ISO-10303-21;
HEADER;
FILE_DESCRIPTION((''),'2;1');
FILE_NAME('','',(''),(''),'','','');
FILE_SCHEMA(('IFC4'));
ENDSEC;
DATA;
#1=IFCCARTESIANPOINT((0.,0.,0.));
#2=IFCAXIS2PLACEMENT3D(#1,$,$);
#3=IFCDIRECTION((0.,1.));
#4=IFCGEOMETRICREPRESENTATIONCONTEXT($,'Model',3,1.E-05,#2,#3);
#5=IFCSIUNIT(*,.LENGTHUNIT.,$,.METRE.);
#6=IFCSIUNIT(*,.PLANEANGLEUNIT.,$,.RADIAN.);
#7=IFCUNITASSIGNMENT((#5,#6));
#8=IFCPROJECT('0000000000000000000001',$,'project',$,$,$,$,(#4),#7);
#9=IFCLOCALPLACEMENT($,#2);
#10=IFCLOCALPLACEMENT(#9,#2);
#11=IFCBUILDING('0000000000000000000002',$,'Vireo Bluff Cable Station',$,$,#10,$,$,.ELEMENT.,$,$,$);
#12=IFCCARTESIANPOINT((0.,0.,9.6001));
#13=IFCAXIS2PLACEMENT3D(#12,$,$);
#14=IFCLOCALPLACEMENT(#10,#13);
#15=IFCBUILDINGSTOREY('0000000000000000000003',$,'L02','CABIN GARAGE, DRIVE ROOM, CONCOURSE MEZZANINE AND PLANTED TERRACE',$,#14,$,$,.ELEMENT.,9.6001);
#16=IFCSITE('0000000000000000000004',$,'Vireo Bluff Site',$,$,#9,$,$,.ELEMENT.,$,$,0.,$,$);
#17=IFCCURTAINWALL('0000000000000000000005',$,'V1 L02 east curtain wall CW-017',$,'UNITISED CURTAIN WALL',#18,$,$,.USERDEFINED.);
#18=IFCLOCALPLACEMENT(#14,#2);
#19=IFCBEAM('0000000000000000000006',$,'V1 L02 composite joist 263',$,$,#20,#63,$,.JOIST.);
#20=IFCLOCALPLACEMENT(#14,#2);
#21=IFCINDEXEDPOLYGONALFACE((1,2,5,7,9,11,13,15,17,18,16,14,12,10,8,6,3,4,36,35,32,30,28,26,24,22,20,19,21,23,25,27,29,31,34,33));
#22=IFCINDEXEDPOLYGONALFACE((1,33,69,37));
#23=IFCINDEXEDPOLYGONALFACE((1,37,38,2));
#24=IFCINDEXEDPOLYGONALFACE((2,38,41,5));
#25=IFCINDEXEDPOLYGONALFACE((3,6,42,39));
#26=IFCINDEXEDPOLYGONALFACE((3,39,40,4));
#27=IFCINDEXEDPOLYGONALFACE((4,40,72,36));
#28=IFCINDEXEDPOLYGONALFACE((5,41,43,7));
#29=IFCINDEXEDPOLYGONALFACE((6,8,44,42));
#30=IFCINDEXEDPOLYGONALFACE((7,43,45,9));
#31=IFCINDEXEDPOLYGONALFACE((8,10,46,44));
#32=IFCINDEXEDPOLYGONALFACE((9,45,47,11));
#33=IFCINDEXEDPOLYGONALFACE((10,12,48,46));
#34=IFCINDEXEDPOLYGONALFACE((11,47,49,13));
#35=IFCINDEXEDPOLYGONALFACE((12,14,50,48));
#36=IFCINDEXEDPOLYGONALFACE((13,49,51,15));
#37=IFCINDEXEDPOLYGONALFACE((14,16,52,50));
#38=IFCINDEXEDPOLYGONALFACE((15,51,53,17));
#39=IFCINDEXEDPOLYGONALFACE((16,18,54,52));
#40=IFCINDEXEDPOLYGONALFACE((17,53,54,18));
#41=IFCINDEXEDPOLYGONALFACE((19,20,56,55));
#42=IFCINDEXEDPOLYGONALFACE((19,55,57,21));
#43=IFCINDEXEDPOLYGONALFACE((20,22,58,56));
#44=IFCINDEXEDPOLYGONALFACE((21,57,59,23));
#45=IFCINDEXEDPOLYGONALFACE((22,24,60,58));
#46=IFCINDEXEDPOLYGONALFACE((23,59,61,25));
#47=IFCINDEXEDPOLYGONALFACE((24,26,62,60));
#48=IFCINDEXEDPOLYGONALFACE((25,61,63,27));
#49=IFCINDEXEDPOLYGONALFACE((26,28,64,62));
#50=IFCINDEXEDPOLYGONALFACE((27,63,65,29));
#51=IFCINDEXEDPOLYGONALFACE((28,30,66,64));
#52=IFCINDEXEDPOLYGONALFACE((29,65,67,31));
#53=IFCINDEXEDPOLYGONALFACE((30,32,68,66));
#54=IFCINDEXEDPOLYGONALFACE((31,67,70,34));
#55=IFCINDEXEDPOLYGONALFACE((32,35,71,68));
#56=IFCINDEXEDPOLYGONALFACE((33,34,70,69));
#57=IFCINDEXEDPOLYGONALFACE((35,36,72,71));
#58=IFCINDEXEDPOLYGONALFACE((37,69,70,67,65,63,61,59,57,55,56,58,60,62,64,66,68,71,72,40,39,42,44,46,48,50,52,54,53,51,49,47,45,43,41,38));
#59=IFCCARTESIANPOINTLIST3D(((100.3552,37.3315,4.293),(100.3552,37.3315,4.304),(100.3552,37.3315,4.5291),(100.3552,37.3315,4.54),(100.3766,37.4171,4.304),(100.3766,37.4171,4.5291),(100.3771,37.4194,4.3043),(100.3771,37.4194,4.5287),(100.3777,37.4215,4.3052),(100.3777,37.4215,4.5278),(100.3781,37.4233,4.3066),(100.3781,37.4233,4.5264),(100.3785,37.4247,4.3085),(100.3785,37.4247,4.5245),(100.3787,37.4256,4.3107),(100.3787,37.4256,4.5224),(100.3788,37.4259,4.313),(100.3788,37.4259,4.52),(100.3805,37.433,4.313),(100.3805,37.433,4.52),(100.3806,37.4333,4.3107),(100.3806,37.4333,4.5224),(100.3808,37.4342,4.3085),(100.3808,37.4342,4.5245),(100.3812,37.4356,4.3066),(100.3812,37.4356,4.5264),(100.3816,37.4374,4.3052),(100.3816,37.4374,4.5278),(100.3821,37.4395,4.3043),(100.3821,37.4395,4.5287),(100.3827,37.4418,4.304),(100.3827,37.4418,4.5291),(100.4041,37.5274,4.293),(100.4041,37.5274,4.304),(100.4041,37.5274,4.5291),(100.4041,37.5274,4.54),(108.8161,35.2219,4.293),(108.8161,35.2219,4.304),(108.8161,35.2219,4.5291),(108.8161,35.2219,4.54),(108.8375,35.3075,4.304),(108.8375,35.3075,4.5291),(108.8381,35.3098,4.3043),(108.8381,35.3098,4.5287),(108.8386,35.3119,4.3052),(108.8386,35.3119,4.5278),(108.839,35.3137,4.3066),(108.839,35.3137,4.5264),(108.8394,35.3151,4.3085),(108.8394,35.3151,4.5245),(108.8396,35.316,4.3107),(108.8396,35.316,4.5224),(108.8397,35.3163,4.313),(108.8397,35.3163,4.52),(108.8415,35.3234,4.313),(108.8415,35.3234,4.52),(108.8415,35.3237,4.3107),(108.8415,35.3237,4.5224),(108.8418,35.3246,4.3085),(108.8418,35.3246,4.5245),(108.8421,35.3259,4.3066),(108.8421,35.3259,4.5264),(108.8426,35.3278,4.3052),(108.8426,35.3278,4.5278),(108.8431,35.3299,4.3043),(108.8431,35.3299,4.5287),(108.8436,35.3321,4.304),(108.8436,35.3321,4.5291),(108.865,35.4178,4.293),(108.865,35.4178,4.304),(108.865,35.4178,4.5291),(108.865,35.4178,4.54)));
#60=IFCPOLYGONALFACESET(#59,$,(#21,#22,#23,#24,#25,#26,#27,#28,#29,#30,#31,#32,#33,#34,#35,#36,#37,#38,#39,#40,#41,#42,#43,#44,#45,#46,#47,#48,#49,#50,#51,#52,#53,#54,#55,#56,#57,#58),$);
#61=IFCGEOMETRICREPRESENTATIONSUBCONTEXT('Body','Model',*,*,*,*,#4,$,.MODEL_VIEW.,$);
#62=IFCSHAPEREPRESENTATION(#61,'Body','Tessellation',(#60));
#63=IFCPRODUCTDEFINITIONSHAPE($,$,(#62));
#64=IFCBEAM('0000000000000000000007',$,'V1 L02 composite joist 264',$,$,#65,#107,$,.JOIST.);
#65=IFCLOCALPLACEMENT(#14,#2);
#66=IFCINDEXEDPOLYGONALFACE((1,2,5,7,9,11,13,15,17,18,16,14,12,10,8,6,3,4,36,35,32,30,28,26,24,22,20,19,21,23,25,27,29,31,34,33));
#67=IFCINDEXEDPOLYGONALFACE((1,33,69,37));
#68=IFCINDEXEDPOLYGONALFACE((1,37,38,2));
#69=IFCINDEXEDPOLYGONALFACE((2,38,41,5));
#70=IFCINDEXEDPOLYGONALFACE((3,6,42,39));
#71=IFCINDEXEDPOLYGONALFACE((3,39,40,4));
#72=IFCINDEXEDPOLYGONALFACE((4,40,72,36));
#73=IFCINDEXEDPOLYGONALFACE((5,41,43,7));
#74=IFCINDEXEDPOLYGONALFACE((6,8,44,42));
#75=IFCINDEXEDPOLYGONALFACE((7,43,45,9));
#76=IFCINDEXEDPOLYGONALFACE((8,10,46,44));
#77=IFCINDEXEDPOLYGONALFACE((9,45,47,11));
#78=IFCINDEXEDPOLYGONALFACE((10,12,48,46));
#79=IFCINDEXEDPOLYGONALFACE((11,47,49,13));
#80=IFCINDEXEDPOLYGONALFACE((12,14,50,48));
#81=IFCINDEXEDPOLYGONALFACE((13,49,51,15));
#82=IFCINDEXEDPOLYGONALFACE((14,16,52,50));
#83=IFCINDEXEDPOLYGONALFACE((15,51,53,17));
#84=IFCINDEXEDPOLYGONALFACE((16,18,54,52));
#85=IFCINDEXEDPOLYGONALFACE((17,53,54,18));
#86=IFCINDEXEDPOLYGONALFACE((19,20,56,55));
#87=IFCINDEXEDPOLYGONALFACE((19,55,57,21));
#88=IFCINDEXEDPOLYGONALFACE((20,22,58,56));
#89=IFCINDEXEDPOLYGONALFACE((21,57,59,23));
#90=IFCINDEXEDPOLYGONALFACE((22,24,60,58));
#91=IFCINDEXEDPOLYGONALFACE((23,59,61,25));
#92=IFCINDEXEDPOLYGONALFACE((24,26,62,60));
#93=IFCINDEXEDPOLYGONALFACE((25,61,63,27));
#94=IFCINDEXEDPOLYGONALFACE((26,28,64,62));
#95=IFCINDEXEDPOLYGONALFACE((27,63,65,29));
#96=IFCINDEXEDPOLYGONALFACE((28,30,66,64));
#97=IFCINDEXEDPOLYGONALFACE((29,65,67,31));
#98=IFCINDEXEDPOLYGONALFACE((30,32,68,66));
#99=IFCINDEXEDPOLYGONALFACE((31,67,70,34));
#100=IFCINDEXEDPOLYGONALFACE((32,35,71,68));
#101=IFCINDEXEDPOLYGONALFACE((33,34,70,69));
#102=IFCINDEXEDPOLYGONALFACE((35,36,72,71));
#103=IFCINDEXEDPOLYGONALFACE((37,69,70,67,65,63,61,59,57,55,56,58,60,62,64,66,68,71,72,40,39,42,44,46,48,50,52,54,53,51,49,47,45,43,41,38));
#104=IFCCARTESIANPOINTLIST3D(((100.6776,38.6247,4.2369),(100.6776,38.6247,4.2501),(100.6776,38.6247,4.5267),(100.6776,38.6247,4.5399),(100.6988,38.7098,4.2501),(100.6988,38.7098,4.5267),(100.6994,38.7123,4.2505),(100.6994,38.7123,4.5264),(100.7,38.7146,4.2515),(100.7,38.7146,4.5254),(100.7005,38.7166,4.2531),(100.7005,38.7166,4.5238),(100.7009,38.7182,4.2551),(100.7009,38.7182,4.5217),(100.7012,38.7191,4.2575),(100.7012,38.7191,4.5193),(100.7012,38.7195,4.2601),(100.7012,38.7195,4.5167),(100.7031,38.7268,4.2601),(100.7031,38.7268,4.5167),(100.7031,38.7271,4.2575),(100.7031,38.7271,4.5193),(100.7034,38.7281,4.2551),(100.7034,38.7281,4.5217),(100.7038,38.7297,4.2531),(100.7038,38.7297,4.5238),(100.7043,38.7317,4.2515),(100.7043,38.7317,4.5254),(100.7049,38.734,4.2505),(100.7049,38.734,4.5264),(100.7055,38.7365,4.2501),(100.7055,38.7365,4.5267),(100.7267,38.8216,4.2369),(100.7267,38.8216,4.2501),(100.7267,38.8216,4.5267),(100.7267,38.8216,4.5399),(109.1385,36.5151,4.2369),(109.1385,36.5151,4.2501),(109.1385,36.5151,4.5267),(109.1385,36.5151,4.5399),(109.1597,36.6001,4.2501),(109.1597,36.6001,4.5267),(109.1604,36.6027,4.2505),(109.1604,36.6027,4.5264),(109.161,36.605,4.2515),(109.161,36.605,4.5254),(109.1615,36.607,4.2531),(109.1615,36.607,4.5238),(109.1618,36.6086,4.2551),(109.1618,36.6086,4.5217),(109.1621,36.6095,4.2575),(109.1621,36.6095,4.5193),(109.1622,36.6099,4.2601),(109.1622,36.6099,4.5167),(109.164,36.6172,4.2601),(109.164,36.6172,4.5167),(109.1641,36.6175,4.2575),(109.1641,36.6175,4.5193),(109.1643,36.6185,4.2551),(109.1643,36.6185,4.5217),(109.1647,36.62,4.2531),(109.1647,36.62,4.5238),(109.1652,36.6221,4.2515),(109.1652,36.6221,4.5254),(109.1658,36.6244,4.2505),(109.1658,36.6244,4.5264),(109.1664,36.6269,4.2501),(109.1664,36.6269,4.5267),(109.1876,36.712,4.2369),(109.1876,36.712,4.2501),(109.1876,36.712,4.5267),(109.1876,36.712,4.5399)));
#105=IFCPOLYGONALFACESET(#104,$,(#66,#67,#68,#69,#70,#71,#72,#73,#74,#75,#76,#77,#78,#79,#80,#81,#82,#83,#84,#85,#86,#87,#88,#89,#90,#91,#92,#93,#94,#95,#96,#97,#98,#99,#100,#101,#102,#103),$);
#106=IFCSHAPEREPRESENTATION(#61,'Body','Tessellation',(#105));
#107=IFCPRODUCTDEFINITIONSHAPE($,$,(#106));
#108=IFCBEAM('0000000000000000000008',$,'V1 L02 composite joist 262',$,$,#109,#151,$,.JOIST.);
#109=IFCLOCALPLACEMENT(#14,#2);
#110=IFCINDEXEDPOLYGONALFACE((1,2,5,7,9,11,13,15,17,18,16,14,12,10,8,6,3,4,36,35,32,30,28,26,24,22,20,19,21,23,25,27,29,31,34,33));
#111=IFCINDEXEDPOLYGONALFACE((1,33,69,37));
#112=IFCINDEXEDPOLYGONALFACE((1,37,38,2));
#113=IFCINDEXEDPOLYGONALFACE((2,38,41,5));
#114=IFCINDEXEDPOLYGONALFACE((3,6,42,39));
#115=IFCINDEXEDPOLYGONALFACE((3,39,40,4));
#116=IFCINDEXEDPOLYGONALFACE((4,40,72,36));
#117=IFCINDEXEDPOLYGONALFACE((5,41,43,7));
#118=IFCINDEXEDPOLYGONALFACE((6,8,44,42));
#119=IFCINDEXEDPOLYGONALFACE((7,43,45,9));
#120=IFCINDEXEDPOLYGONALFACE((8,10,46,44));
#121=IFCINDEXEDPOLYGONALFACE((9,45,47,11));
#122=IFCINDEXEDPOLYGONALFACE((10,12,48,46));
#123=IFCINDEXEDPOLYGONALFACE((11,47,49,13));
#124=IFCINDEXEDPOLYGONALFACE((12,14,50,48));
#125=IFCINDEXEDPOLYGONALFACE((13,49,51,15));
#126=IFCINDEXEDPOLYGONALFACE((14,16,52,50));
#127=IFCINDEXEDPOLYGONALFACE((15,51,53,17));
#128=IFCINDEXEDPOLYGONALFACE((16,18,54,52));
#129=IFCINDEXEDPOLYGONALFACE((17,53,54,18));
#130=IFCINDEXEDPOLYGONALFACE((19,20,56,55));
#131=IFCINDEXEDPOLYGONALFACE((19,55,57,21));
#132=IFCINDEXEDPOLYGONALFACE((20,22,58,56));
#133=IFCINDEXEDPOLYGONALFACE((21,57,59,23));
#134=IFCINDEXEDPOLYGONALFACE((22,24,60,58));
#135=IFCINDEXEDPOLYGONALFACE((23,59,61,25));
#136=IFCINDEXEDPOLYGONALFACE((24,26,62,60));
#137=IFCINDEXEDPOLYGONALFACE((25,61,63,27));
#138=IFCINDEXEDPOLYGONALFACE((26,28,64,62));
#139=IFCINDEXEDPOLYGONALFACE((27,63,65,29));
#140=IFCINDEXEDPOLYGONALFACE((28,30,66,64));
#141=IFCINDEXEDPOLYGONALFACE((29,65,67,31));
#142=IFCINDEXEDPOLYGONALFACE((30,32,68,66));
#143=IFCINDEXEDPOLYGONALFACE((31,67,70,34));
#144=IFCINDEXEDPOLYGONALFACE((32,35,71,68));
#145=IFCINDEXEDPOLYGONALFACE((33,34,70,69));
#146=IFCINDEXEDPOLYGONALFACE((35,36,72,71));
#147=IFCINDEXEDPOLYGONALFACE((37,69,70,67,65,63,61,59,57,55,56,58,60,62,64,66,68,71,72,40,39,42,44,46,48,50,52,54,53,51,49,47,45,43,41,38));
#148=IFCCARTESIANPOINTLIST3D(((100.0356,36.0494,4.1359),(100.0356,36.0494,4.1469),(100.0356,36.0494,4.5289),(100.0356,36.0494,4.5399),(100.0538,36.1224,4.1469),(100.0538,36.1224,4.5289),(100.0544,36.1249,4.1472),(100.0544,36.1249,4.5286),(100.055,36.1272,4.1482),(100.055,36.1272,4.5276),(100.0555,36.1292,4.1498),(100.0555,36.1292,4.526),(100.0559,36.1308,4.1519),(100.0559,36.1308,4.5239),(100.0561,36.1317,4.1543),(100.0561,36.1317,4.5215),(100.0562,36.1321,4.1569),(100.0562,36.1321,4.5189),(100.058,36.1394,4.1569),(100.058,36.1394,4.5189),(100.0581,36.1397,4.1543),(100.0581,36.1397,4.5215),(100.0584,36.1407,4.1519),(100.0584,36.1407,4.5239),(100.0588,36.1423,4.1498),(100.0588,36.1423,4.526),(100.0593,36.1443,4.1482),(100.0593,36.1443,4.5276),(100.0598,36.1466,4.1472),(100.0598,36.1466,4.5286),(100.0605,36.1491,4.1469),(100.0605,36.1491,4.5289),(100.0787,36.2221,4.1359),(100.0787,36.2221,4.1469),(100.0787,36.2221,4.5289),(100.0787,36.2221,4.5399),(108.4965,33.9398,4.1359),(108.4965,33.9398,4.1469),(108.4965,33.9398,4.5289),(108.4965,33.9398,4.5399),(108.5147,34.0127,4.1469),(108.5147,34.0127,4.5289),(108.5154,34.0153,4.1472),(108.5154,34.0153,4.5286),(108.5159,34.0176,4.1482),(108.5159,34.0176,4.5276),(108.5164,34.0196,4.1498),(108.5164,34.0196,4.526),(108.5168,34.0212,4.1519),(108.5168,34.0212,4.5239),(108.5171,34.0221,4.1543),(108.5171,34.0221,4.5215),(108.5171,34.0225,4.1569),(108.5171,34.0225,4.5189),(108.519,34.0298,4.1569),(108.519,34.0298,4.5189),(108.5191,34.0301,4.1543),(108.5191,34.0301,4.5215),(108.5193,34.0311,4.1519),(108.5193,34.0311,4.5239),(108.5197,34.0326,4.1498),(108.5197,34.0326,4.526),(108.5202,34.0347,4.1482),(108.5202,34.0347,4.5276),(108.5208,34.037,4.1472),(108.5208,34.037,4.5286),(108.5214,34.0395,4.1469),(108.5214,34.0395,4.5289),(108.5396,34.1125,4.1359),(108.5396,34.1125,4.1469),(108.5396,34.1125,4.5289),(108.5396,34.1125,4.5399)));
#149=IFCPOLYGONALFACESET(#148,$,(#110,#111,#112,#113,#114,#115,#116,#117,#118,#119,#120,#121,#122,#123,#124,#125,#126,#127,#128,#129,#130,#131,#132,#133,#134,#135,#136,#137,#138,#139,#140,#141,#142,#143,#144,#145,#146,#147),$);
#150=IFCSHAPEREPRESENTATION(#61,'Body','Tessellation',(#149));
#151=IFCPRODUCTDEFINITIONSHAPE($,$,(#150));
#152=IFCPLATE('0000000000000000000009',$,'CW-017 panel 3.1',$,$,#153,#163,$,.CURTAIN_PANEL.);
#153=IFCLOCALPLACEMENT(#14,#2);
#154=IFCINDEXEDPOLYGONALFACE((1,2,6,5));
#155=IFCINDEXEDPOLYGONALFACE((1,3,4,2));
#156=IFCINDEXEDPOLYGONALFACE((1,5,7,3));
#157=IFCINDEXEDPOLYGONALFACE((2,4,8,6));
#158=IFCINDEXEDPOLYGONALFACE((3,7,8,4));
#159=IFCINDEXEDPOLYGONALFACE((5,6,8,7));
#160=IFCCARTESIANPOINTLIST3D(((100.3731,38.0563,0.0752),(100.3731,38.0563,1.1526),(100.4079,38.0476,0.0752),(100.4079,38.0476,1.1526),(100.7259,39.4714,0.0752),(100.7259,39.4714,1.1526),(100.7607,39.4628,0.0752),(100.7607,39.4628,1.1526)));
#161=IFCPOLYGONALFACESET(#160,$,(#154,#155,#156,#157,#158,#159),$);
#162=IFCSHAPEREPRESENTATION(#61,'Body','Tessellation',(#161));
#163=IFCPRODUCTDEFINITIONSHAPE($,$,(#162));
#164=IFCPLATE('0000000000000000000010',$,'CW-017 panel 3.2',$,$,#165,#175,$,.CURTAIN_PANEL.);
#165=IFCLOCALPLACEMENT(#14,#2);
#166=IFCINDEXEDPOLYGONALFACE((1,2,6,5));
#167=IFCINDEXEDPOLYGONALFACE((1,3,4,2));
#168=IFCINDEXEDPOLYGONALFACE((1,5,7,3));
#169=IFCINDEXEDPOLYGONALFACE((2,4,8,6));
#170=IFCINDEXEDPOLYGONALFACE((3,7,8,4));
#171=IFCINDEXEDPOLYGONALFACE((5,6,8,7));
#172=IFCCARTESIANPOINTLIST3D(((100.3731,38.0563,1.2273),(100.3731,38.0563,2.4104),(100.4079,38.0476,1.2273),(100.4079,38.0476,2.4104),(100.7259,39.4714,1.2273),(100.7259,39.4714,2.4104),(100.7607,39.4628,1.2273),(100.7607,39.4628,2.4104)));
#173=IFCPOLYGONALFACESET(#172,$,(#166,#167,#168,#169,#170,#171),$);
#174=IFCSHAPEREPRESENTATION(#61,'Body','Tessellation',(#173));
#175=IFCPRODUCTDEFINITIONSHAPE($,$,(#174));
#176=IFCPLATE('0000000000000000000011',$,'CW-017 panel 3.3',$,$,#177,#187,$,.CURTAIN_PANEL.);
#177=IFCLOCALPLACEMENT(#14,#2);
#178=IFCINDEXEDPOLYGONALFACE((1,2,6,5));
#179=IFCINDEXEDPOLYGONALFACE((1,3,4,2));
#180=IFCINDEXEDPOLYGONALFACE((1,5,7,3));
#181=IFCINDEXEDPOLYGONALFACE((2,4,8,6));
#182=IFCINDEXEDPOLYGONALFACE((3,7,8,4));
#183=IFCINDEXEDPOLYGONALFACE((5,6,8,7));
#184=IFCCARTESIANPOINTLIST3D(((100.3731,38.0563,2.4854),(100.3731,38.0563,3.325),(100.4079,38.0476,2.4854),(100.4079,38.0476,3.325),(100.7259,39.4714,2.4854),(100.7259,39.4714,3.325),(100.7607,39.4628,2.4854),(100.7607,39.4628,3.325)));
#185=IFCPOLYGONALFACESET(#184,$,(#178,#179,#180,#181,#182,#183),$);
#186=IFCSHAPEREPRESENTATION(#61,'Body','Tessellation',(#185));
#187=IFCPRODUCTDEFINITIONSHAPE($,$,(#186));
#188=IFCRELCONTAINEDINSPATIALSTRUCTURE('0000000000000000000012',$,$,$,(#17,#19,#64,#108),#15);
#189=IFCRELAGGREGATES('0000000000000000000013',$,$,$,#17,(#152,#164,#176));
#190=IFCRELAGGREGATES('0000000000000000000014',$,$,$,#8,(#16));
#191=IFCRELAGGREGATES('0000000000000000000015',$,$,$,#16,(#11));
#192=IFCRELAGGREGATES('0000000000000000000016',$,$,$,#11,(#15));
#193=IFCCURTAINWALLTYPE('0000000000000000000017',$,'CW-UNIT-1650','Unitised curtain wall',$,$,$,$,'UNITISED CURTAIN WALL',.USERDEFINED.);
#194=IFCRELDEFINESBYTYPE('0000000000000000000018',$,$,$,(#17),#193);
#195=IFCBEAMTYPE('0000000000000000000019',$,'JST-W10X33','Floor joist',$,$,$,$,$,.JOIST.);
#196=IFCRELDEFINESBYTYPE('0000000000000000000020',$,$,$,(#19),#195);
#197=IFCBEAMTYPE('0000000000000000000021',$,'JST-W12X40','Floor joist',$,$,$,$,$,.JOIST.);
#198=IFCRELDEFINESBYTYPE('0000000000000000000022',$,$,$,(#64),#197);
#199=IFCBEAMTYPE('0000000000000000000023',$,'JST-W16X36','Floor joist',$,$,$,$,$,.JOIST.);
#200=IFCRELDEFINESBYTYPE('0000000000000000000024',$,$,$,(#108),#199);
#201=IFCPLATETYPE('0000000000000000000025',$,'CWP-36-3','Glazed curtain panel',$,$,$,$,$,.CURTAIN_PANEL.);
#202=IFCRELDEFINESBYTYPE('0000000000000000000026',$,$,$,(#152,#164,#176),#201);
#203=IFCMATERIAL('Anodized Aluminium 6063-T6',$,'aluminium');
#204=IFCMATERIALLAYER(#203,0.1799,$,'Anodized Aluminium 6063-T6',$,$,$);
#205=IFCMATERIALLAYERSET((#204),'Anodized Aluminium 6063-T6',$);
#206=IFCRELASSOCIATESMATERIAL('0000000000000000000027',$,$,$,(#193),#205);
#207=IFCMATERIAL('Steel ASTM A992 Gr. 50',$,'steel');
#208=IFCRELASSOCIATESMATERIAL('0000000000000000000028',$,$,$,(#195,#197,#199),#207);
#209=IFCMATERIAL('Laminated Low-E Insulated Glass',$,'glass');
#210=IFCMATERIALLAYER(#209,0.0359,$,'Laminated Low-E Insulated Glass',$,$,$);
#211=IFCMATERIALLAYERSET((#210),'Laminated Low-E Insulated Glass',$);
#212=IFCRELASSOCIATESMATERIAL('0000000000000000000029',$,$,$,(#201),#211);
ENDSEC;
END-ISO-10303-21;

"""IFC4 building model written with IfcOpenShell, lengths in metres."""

from ifc_helpers import new_model, si_unit, direction, frame, origin, origin_2d, place, context, subcontext, project, spatial, rectangle, i_section, extrude, material, layer, layer_set, material_profile, profile_set, type_object, element, aggregate, save


model = new_model("IFC4")

# Units and contexts
model_context = context("Model", 3, precision=1e-05, world=origin(), true_north=direction((0.0, 1.0)))
body_context = subcontext(model_context, "Body", "Model", "MODEL_VIEW")
ifc_project = project(units=[si_unit("LENGTHUNIT", "METRE"), si_unit("PLANEANGLEUNIT", "RADIAN")], contexts=[model_context])

# Site, building, storey
site_placement = place(None, origin())
site = spatial("IfcSite", under=ifc_project, at=site_placement, Name="Vireo Bluff Site", CompositionType="ELEMENT", RefElevation=0.0)
building_placement = place(site_placement, origin())
building = spatial("IfcBuilding", under=site, at=building_placement, Name="Vireo Bluff Cable Station", CompositionType="ELEMENT")
storey_placement = place(building_placement, frame((0.0, 0.0, 9.6001)))
storey = spatial("IfcBuildingStorey", under=building, at=storey_placement, Name="L02", Description="CABIN GARAGE, DRIVE ROOM, CONCOURSE MEZZANINE AND PLANTED TERRACE", CompositionType="ELEMENT", Elevation=9.6001)

# Curtain wall
ifc_material_1 = material(Name="Anodized Aluminium 6063-T6", Category="aluminium")
ifc_layer_1 = layer(ifc_material_1, 0.1799, Name="Anodized Aluminium 6063-T6")
ifc_layer_set_1 = layer_set([ifc_layer_1], Name="Anodized Aluminium 6063-T6")
curtain_wall_type = type_object("IfcCurtainWallType", Name="CW-UNIT-1650", Description="Unitised curtain wall", ElementType="UNITISED CURTAIN WALL", PredefinedType="USERDEFINED", material=ifc_layer_set_1)
curtain_wall_placement = place(storey_placement, origin())
curtain_wall = element("IfcCurtainWall", 1, at=curtain_wall_placement, inside=storey, type_object=curtain_wall_type, Name="V1 L02 east curtain wall CW-017", ObjectType="UNITISED CURTAIN WALL", PredefinedType="USERDEFINED")

# Beams
ifc_material_2 = material(Name="Steel ASTM A992 Gr. 50", Category="steel")
ifc_material_profile_1 = material_profile(ifc_material_2, i_section(OverallWidth=0.2019, OverallDepth=0.2471, WebThickness=0.0073, FlangeThickness=0.011, FilletRadius=0.009, at=origin_2d()), Name="W10X33")
ifc_profile_set_1 = profile_set([ifc_material_profile_1], Name="Steel ASTM A992 Gr. 50")
beam_type_1 = type_object("IfcBeamType", Name="JST-W10X33", Description="Floor joist", PredefinedType="JOIST", material=ifc_profile_set_1)
beam_1_placement = place(storey_placement, frame((100.3796, 37.4294, 4.4165), z_axis=(0.970294, -0.24193, 0.0), x_axis=(0.24193, 0.970294, 0.0)))
element("IfcBeam", 2, at=beam_1_placement, inside=storey, type_object=beam_type_1, Name="V1 L02 composite joist 263", PredefinedType="JOIST", context=body_context, shape_type="SweptSolid", body=[
    extrude(i_section(OverallWidth=0.2019, OverallDepth=0.2471, WebThickness=0.0073, FlangeThickness=0.011, FilletRadius=0.009, at=origin_2d()), origin(), (0.0, 0.0, 1.0), 8.72),
])
ifc_material_profile_2 = material_profile(ifc_material_2, i_section(OverallWidth=0.2029, OverallDepth=0.303, WebThickness=0.0076, FlangeThickness=0.0132, FilletRadius=0.01, at=origin_2d()), Name="W12X40")
ifc_profile_set_2 = profile_set([ifc_material_profile_2], Name="Steel ASTM A992 Gr. 50")
beam_type_2 = type_object("IfcBeamType", Name="JST-W12X40", Description="Floor joist", PredefinedType="JOIST", material=ifc_profile_set_2)
beam_2_placement = place(storey_placement, frame((100.7021, 38.7231, 4.3884), z_axis=(0.970294, -0.24193, 0.0), x_axis=(0.24193, 0.970294, 0.0)))
element("IfcBeam", 3, at=beam_2_placement, inside=storey, type_object=beam_type_2, Name="V1 L02 composite joist 264", PredefinedType="JOIST", context=body_context, shape_type="SweptSolid", body=[
    extrude(i_section(OverallWidth=0.2029, OverallDepth=0.303, WebThickness=0.0076, FlangeThickness=0.0132, FilletRadius=0.01, at=origin_2d()), origin(), (0.0, 0.0, 1.0), 8.72),
])
ifc_material_profile_3 = material_profile(ifc_material_2, i_section(OverallWidth=0.178, OverallDepth=0.4041, WebThickness=0.0076, FlangeThickness=0.011, FilletRadius=0.01, at=origin_2d()), Name="W16X36")
ifc_profile_set_3 = profile_set([ifc_material_profile_3], Name="Steel ASTM A992 Gr. 50")
beam_type_3 = type_object("IfcBeamType", Name="JST-W16X36", Description="Floor joist", PredefinedType="JOIST", material=ifc_profile_set_3)
beam_3_placement = place(storey_placement, frame((100.0571, 36.1357, 4.3379), z_axis=(0.970294, -0.24193, 0.0), x_axis=(0.24193, 0.970294, 0.0)))
element("IfcBeam", 4, at=beam_3_placement, inside=storey, type_object=beam_type_3, Name="V1 L02 composite joist 262", PredefinedType="JOIST", context=body_context, shape_type="SweptSolid", body=[
    extrude(i_section(OverallWidth=0.178, OverallDepth=0.4041, WebThickness=0.0076, FlangeThickness=0.011, FilletRadius=0.01, at=origin_2d()), origin(), (0.0, 0.0, 1.0), 8.72),
])

# Plates
ifc_material_3 = material(Name="Laminated Low-E Insulated Glass", Category="glass")
ifc_layer_2 = layer(ifc_material_3, 0.0359, Name="Laminated Low-E Insulated Glass")
ifc_layer_set_2 = layer_set([ifc_layer_2], Name="Laminated Low-E Insulated Glass")
plate_type = type_object("IfcPlateType", Name="CWP-36-3", Description="Glazed curtain panel", PredefinedType="CURTAIN_PANEL", material=ifc_layer_set_2)
plate_1_placement = place(storey_placement, frame((100.5669, 38.7595, 0.0752), z_axis=(0.0, 0.0, 1.0), x_axis=(-0.241922, -0.970296, 0.0)))
plate_1 = element("IfcPlate", 5, at=plate_1_placement, type_object=plate_type, Name="CW-017 panel 3.1", PredefinedType="CURTAIN_PANEL", context=body_context, shape_type="SweptSolid", body=[
    extrude(rectangle(XDim=1.4585, YDim=0.0359, at=origin_2d()), origin(), (0.0, 0.0, 1.0), 1.0774),
])
plate_2_placement = place(storey_placement, frame((100.5669, 38.7595, 1.2273), z_axis=(0.0, 0.0, 1.0), x_axis=(-0.241922, -0.970296, 0.0)))
plate_2 = element("IfcPlate", 6, at=plate_2_placement, type_object=plate_type, Name="CW-017 panel 3.2", PredefinedType="CURTAIN_PANEL", context=body_context, shape_type="SweptSolid", body=[
    extrude(rectangle(XDim=1.4585, YDim=0.0359, at=origin_2d()), origin(), (0.0, 0.0, 1.0), 1.1831),
])
plate_3_placement = place(storey_placement, frame((100.5669, 38.7595, 2.4854), z_axis=(0.0, 0.0, 1.0), x_axis=(-0.241922, -0.970296, 0.0)))
plate_3 = element("IfcPlate", 7, at=plate_3_placement, type_object=plate_type, Name="CW-017 panel 3.3", PredefinedType="CURTAIN_PANEL", context=body_context, shape_type="SweptSolid", body=[
    extrude(rectangle(XDim=1.4585, YDim=0.0359, at=origin_2d()), origin(), (0.0, 0.0, 1.0), 0.8396),
])
aggregate(curtain_wall, [plate_1, plate_2, plate_3])

save(model, "model.ifc")
